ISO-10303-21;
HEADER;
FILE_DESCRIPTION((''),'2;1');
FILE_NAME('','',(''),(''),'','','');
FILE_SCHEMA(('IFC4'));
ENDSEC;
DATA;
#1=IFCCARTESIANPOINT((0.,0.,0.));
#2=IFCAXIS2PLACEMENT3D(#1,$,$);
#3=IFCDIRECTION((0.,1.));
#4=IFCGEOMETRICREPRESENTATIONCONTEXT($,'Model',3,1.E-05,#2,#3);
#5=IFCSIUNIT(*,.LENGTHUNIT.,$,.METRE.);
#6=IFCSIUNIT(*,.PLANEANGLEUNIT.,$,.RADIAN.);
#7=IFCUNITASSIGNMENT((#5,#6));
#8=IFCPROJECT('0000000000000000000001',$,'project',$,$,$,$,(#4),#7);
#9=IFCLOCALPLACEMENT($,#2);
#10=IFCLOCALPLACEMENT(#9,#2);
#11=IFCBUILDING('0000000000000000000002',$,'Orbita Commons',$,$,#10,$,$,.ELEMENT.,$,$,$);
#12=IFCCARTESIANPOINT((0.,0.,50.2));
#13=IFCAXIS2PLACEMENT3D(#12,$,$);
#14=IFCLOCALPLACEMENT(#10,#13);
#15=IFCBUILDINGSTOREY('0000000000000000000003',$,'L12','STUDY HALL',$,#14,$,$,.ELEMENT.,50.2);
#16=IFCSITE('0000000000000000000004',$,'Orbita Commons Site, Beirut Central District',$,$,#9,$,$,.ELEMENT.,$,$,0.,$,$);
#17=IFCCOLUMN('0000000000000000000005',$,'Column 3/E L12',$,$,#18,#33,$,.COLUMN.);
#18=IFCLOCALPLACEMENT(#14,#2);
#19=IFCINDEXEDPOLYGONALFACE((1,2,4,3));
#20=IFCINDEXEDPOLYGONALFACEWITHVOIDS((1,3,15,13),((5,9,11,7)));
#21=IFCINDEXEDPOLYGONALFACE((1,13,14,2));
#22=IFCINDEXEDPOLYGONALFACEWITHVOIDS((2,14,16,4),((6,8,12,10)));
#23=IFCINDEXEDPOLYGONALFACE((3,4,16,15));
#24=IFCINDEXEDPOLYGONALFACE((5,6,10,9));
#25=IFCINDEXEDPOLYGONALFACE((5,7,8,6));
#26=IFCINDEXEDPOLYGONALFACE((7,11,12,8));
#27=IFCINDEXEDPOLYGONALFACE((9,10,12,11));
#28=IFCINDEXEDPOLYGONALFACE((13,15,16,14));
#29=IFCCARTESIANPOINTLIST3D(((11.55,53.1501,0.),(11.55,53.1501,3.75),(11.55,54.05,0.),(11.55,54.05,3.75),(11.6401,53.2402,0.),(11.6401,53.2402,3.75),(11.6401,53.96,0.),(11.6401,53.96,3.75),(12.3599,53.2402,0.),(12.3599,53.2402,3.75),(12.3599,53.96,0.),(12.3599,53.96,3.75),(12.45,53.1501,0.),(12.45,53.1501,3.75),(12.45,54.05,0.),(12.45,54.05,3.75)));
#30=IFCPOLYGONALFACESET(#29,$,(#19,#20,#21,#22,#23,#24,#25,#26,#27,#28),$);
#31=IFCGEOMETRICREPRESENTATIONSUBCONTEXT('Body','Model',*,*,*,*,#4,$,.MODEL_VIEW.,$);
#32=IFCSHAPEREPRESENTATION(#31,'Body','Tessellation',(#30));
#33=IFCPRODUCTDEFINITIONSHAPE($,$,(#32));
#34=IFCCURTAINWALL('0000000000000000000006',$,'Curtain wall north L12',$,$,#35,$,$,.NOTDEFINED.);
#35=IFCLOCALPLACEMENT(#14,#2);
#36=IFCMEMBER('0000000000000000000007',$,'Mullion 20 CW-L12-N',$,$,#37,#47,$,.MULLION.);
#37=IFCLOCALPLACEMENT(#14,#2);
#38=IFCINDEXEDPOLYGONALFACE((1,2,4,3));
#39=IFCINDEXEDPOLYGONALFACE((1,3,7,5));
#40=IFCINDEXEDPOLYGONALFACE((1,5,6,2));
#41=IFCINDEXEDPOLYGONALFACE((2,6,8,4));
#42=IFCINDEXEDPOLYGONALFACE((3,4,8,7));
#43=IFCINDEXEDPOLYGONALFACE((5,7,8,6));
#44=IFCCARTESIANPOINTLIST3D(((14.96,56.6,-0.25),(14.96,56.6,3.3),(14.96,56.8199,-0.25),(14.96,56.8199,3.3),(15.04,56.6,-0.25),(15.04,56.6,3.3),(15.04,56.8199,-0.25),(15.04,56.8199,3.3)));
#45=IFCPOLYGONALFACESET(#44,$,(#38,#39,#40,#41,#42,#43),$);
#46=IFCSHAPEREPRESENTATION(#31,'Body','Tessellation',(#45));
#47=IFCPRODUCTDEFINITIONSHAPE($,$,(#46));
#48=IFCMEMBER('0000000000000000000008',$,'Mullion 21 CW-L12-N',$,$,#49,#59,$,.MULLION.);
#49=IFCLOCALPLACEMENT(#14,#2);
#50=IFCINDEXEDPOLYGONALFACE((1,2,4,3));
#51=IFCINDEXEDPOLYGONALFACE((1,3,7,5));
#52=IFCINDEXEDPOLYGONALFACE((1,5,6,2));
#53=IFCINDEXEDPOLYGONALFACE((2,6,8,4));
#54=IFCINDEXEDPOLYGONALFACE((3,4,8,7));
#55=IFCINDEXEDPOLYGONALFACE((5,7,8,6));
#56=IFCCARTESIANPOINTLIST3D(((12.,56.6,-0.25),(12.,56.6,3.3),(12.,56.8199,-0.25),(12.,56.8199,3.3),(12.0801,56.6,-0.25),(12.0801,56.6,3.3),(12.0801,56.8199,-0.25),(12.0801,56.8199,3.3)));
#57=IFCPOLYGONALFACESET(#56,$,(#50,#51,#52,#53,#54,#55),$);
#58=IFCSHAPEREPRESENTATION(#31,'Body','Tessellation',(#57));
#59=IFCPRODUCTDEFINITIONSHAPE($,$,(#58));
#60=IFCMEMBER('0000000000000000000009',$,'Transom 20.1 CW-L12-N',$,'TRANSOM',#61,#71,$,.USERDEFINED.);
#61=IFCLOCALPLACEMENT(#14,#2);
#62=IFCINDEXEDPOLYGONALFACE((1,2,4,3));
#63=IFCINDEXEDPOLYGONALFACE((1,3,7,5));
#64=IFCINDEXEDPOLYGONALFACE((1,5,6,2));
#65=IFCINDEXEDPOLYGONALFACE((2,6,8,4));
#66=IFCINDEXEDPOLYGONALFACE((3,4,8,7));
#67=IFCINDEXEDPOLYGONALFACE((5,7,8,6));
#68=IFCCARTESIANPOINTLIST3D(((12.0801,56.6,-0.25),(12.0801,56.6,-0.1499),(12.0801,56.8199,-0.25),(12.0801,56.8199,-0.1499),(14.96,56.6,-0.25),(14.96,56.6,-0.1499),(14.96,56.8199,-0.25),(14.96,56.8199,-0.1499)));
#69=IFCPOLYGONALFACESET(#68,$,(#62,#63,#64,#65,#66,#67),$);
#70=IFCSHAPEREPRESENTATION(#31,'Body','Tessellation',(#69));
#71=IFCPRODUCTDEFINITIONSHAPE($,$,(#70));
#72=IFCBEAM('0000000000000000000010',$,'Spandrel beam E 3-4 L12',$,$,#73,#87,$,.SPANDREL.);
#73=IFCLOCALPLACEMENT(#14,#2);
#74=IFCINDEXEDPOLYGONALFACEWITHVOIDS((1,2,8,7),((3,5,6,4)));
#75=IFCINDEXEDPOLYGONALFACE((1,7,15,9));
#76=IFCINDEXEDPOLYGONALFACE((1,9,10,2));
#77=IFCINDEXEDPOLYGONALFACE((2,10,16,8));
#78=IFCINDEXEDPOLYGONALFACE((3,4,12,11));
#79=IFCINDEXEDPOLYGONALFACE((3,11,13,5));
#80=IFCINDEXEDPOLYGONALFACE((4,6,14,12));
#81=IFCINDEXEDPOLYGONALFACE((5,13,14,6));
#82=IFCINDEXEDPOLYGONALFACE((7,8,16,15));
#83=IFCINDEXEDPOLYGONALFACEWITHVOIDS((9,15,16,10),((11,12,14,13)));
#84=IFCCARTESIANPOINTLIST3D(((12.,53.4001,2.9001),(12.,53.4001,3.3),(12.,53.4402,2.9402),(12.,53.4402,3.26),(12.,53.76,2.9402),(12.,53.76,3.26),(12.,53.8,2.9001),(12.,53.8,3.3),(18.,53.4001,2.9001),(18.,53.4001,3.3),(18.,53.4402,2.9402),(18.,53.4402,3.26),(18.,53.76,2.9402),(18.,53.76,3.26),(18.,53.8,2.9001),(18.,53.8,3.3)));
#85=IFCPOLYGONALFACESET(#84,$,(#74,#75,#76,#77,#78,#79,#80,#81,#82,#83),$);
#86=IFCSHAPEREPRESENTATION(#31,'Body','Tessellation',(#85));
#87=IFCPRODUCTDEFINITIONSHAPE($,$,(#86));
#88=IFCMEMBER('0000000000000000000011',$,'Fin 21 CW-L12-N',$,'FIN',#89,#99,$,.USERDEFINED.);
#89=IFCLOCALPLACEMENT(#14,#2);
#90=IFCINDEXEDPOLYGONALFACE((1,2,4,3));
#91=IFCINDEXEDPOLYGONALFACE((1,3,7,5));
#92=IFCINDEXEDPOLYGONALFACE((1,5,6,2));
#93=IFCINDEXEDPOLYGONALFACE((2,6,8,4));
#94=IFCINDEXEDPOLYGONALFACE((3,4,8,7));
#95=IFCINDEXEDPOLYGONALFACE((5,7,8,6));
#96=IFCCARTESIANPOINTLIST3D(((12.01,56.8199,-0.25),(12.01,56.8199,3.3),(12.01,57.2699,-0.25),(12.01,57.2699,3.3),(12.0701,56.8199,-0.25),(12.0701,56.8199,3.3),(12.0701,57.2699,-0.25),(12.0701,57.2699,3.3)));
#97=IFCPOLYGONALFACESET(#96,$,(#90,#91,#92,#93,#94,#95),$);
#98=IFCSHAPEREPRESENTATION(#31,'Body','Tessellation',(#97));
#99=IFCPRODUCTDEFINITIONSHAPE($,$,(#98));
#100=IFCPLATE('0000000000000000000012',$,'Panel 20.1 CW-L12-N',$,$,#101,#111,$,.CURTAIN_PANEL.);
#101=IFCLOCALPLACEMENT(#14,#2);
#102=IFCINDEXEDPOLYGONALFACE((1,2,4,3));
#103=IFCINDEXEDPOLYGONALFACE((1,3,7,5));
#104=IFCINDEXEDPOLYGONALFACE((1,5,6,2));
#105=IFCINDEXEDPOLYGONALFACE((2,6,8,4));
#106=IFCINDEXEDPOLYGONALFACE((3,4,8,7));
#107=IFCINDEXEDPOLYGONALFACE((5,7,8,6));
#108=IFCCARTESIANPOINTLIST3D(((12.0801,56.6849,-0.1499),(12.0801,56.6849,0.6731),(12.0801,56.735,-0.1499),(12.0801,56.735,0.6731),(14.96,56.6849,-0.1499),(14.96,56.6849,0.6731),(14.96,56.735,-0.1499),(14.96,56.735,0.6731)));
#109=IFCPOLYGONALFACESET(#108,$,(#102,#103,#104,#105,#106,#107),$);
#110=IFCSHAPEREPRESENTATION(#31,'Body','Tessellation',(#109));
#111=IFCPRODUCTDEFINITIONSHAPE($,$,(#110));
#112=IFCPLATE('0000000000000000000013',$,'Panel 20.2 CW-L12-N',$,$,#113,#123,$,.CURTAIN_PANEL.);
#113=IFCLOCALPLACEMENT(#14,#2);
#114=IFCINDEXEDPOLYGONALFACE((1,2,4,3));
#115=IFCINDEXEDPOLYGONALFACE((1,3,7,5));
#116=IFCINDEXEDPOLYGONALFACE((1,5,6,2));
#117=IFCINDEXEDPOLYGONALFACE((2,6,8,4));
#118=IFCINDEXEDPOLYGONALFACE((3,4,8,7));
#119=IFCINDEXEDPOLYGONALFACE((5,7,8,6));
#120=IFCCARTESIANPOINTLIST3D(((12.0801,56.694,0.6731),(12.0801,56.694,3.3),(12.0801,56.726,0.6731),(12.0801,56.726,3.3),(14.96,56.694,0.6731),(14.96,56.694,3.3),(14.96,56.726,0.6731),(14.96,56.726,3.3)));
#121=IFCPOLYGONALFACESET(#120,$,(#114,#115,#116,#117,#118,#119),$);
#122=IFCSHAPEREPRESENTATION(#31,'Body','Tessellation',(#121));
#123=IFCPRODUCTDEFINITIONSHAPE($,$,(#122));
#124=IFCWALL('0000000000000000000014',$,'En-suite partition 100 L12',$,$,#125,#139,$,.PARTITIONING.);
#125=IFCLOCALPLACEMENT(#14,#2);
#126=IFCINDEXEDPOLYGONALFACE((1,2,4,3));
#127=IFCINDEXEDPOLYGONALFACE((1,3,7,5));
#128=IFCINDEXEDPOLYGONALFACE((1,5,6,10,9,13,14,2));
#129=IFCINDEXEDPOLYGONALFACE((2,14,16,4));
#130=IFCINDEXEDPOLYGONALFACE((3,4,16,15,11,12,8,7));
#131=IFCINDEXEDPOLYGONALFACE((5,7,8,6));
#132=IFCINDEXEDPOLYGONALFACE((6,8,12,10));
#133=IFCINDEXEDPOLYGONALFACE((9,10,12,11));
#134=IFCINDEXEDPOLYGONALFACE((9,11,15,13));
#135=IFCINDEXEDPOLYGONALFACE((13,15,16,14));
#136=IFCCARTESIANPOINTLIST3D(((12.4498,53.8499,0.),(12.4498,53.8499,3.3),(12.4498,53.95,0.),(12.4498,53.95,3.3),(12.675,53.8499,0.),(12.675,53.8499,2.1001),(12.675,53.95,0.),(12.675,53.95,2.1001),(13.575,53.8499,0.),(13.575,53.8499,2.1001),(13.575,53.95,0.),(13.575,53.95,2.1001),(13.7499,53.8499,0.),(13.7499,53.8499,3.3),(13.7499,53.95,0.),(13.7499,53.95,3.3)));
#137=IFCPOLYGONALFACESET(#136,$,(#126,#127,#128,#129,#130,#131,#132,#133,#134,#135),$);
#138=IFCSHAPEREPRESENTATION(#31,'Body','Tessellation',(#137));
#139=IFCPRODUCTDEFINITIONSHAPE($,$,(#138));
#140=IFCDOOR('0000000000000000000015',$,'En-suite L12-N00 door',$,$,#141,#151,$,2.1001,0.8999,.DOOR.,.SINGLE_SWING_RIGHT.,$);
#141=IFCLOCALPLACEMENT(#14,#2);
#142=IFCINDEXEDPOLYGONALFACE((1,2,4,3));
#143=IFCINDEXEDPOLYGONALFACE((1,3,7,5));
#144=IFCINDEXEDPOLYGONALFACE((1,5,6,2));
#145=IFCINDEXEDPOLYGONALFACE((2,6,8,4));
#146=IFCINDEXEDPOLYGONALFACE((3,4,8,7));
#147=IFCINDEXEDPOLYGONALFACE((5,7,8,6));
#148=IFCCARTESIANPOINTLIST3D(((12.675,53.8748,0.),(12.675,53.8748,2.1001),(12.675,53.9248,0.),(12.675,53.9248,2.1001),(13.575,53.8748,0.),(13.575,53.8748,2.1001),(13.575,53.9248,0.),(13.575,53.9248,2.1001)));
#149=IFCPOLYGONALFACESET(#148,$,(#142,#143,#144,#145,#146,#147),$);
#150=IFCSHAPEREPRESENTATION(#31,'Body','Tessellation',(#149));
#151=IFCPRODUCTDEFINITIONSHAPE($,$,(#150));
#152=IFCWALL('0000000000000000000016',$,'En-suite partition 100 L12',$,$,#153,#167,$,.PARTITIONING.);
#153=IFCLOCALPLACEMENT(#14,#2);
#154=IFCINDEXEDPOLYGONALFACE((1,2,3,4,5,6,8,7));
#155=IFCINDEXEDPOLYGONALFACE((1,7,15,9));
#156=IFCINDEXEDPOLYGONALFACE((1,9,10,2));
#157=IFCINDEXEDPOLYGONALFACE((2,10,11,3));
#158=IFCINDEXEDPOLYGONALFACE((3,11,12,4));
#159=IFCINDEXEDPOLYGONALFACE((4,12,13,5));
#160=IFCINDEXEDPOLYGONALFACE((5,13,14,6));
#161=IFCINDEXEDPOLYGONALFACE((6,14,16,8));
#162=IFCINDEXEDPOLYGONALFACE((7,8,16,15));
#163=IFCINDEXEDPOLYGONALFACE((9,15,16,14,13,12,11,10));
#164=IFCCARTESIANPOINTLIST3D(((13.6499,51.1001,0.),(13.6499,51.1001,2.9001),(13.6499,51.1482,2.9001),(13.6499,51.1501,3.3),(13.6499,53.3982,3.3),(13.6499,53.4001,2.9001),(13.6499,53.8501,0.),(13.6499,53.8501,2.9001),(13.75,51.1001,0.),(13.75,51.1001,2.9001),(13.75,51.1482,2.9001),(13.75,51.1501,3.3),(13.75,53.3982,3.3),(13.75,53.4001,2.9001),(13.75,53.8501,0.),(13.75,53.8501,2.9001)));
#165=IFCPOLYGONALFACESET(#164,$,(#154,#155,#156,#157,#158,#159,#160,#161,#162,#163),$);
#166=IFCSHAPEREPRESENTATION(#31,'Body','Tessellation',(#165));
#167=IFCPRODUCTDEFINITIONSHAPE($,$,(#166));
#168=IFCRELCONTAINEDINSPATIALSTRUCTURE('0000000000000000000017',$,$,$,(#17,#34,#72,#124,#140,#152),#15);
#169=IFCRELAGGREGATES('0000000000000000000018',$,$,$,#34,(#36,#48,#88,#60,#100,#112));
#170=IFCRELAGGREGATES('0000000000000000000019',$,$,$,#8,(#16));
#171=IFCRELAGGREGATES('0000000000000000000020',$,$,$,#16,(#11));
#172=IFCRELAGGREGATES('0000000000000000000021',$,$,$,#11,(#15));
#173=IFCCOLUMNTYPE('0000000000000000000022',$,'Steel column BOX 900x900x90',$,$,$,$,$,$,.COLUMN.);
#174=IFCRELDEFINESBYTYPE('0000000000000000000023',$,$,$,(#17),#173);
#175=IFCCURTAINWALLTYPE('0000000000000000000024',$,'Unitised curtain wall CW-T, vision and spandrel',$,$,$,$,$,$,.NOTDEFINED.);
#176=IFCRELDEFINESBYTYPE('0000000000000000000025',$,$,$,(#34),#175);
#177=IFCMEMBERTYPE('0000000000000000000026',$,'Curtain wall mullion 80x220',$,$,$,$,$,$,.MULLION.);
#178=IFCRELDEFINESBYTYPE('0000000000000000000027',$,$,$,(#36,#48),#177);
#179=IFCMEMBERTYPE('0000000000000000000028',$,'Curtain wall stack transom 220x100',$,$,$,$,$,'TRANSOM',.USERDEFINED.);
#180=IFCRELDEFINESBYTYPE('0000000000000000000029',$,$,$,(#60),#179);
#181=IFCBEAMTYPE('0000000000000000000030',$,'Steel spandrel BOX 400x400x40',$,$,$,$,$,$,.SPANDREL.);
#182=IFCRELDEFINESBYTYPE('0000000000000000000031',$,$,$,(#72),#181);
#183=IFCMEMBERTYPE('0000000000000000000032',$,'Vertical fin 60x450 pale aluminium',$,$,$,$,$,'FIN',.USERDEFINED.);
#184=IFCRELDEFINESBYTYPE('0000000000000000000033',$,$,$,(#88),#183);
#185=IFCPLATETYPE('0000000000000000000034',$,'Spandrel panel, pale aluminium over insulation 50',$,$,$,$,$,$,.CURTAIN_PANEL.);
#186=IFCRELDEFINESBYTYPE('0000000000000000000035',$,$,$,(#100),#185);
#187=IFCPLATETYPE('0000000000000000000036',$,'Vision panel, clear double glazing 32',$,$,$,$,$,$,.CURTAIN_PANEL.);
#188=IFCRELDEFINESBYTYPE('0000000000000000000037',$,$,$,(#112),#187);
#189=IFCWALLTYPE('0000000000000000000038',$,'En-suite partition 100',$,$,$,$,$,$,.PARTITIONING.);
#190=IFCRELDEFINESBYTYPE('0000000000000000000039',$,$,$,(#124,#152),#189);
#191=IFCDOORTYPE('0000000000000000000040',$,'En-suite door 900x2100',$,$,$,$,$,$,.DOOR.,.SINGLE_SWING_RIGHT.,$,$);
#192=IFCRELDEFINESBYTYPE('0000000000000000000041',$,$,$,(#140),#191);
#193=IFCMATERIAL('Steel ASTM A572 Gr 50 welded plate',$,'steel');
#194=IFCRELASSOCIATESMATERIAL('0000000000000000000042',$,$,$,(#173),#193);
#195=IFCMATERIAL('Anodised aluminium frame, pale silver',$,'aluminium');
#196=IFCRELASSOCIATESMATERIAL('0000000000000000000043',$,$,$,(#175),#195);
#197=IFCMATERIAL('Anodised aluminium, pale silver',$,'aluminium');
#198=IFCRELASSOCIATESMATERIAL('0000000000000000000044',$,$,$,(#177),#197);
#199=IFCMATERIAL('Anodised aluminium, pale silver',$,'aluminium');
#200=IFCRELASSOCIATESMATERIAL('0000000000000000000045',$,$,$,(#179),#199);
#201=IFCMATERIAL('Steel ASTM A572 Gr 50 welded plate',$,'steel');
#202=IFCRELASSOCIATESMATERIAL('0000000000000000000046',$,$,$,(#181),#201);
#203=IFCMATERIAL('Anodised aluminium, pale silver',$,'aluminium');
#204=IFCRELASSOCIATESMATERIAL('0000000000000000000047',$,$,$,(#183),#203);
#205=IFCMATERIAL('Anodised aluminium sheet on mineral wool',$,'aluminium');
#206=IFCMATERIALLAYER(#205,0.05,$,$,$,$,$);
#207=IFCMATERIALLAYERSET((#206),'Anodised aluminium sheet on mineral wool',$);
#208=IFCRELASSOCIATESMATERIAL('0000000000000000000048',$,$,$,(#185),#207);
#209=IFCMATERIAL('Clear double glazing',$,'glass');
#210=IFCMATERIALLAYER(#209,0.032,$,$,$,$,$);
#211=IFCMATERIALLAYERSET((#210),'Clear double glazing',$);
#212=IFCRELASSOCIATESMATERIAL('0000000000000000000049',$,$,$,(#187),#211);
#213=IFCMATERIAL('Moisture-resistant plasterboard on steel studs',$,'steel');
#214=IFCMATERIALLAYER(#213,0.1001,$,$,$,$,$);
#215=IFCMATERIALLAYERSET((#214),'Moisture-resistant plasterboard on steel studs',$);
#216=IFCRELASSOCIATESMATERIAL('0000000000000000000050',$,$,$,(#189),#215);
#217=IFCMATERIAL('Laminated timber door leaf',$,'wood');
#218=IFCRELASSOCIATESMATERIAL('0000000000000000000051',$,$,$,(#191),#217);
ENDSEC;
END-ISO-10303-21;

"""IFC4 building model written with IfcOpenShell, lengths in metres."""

from ifc_helpers import new_model, si_unit, direction, frame, frame_2d, origin, origin_2d, place, context, subcontext, project, spatial, polyline, rectangle, hollow_rectangle, outline, extrude, material, layer, layer_set, material_profile, profile_set, type_object, element, fill, aggregate, save


model = new_model("IFC4")

# Units and contexts
model_context = context("Model", 3, precision=1e-05, world=origin(), true_north=direction((0.0, 1.0)))
body_context = subcontext(model_context, "Body", "Model", "MODEL_VIEW")
ifc_project = project(units=[si_unit("LENGTHUNIT", "METRE"), si_unit("PLANEANGLEUNIT", "RADIAN")], contexts=[model_context])

# Site, building, storey
site_placement = place(None, origin())
site = spatial("IfcSite", under=ifc_project, at=site_placement, Name="Orbita Commons Site, Beirut Central District", CompositionType="ELEMENT", RefElevation=0.0)
building_placement = place(site_placement, origin())
building = spatial("IfcBuilding", under=site, at=building_placement, Name="Orbita Commons", CompositionType="ELEMENT")
storey_placement = place(building_placement, frame((0.0, 0.0, 50.2)))
storey = spatial("IfcBuildingStorey", under=building, at=storey_placement, Name="L12", Description="STUDY HALL", CompositionType="ELEMENT", Elevation=50.2)

# Column
ifc_material_1 = material(Name="Steel ASTM A572 Gr 50 welded plate", Category="steel")
ifc_material_profile_1 = material_profile(ifc_material_1, hollow_rectangle(XDim=0.8999, YDim=0.8999, WallThickness=0.0901, at=origin_2d()), Name="BOX 900x900x90")
ifc_profile_set_1 = profile_set([ifc_material_profile_1], Name="Steel ASTM A572 Gr 50 welded plate")
column_type = type_object("IfcColumnType", Name="Steel column BOX 900x900x90", PredefinedType="COLUMN", material=ifc_profile_set_1)
column_placement = place(storey_placement, frame((12.0, 53.6001, 0.0), z_axis=(0.0, 0.0, 1.0), x_axis=(1.0, 0.0, 0.0)))
element("IfcColumn", 1, at=column_placement, inside=storey, type_object=column_type, Name="Column 3/E L12", PredefinedType="COLUMN", context=body_context, shape_type="SweptSolid", body=[
    extrude(hollow_rectangle(XDim=0.8999, YDim=0.8999, WallThickness=0.0901, at=origin_2d()), origin(), (0.0, 0.0, 1.0), 3.75),
])

# Curtain wall, members
ifc_material_2 = material(Name="Anodised aluminium frame, pale silver", Category="aluminium")
curtain_wall_type = type_object("IfcCurtainWallType", Name="Unitised curtain wall CW-T, vision and spandrel", PredefinedType="NOTDEFINED", material=ifc_material_2)
curtain_wall_placement = place(storey_placement, origin())
curtain_wall = element("IfcCurtainWall", 2, at=curtain_wall_placement, inside=storey, type_object=curtain_wall_type, Name="Curtain wall north L12", PredefinedType="NOTDEFINED")
ifc_material_3 = material(Name="Anodised aluminium, pale silver", Category="aluminium")
ifc_material_profile_2 = material_profile(ifc_material_3, rectangle(XDim=0.0801, YDim=0.22, at=origin_2d()), Name="AL 80x220")
ifc_profile_set_2 = profile_set([ifc_material_profile_2], Name="Anodised aluminium, pale silver")
member_type_1 = type_object("IfcMemberType", Name="Curtain wall mullion 80x220", PredefinedType="MULLION", material=ifc_profile_set_2)
member_1_placement = place(storey_placement, frame((15.0, 56.71, -0.25), z_axis=(0.0, 0.0, 1.0), x_axis=(-1.0, 0.0, 0.0)))
member_1 = element("IfcMember", 3, at=member_1_placement, type_object=member_type_1, Name="Mullion 20 CW-L12-N", PredefinedType="MULLION", context=body_context, shape_type="SweptSolid", body=[
    extrude(rectangle(XDim=0.0801, YDim=0.22, at=origin_2d()), origin(), (0.0, 0.0, 1.0), 3.55),
])
member_2_placement = place(storey_placement, frame((12.04, 56.71, -0.25), z_axis=(0.0, 0.0, 1.0), x_axis=(-1.0, 0.0, 0.0)))
member_2 = element("IfcMember", 4, at=member_2_placement, type_object=member_type_1, Name="Mullion 21 CW-L12-N", PredefinedType="MULLION", context=body_context, shape_type="SweptSolid", body=[
    extrude(rectangle(XDim=0.0801, YDim=0.22, at=origin_2d()), origin(), (0.0, 0.0, 1.0), 3.55),
])
ifc_material_4 = material(Name="Anodised aluminium, pale silver", Category="aluminium")
ifc_material_profile_3 = material_profile(ifc_material_4, rectangle(XDim=0.22, YDim=0.1001, at=origin_2d()), Name="AL 220x100")
ifc_profile_set_3 = profile_set([ifc_material_profile_3], Name="Anodised aluminium, pale silver")
member_type_2 = type_object("IfcMemberType", Name="Curtain wall stack transom 220x100", ElementType="TRANSOM", PredefinedType="USERDEFINED", material=ifc_profile_set_3)
member_3_placement = place(storey_placement, frame((14.96, 56.71, -0.2), z_axis=(-1.0, 0.0, 0.0), x_axis=(0.0, -1.0, 0.0)))
member_3 = element("IfcMember", 5, at=member_3_placement, type_object=member_type_2, Name="Transom 20.1 CW-L12-N", ObjectType="TRANSOM", PredefinedType="USERDEFINED", context=body_context, shape_type="SweptSolid", body=[
    extrude(rectangle(XDim=0.22, YDim=0.1001, at=origin_2d()), origin(), (0.0, 0.0, 1.0), 2.8799),
])

# Beam
ifc_material_5 = material(Name="Steel ASTM A572 Gr 50 welded plate", Category="steel")
ifc_material_profile_4 = material_profile(ifc_material_5, hollow_rectangle(XDim=0.3999, YDim=0.3999, WallThickness=0.04, at=origin_2d()), Name="BOX 400x400x40")
ifc_profile_set_4 = profile_set([ifc_material_profile_4], Name="Steel ASTM A572 Gr 50 welded plate")
beam_type = type_object("IfcBeamType", Name="Steel spandrel BOX 400x400x40", PredefinedType="SPANDREL", material=ifc_profile_set_4)
beam_placement = place(storey_placement, frame((12.0, 53.6001, 3.1001), z_axis=(1.0, 0.0, 0.0), x_axis=(0.0, 1.0, 0.0)))
element("IfcBeam", 6, at=beam_placement, inside=storey, type_object=beam_type, Name="Spandrel beam E 3-4 L12", PredefinedType="SPANDREL", context=body_context, shape_type="SweptSolid", body=[
    extrude(hollow_rectangle(XDim=0.3999, YDim=0.3999, WallThickness=0.04, at=origin_2d()), origin(), (0.0, 0.0, 1.0), 6.0),
])

# Member
ifc_material_6 = material(Name="Anodised aluminium, pale silver", Category="aluminium")
ifc_material_profile_5 = material_profile(ifc_material_6, rectangle(XDim=0.0601, YDim=0.45, at=origin_2d()), Name="FIN 60x450")
ifc_profile_set_5 = profile_set([ifc_material_profile_5], Name="Anodised aluminium, pale silver")
member_type_3 = type_object("IfcMemberType", Name="Vertical fin 60x450 pale aluminium", ElementType="FIN", PredefinedType="USERDEFINED", material=ifc_profile_set_5)
member_4_placement = place(storey_placement, frame((12.04, 57.0449, -0.25), z_axis=(0.0, 0.0, 1.0), x_axis=(-1.0, 0.0, 0.0)))
member_4 = element("IfcMember", 7, at=member_4_placement, type_object=member_type_3, Name="Fin 21 CW-L12-N", ObjectType="FIN", PredefinedType="USERDEFINED", context=body_context, shape_type="SweptSolid", body=[
    extrude(rectangle(XDim=0.0601, YDim=0.45, at=origin_2d()), origin(), (0.0, 0.0, 1.0), 3.55),
])

# Plates
ifc_material_7 = material(Name="Anodised aluminium sheet on mineral wool", Category="aluminium")
ifc_layer_1 = layer(ifc_material_7, 0.05)
ifc_layer_set_1 = layer_set([ifc_layer_1], Name="Anodised aluminium sheet on mineral wool")
plate_type_1 = type_object("IfcPlateType", Name="Spandrel panel, pale aluminium over insulation 50", PredefinedType="CURTAIN_PANEL", material=ifc_layer_set_1)
plate_1_placement = place(storey_placement, frame((13.52, 56.71, -0.1499), z_axis=(0.0, 0.0, 1.0), x_axis=(-1.0, 0.0, 0.0)))
plate_1 = element("IfcPlate", 8, at=plate_1_placement, type_object=plate_type_1, Name="Panel 20.1 CW-L12-N", PredefinedType="CURTAIN_PANEL", context=body_context, shape_type="SweptSolid", body=[
    extrude(rectangle(XDim=2.8799, YDim=0.05, at=origin_2d()), origin(), (0.0, 0.0, 1.0), 0.823),
])
ifc_material_8 = material(Name="Clear double glazing", Category="glass")
ifc_layer_2 = layer(ifc_material_8, 0.032)
ifc_layer_set_2 = layer_set([ifc_layer_2], Name="Clear double glazing")
plate_type_2 = type_object("IfcPlateType", Name="Vision panel, clear double glazing 32", PredefinedType="CURTAIN_PANEL", material=ifc_layer_set_2)
plate_2_placement = place(storey_placement, frame((13.52, 56.71, 0.6731), z_axis=(0.0, 0.0, 1.0), x_axis=(-1.0, 0.0, 0.0)))
plate_2 = element("IfcPlate", 9, at=plate_2_placement, type_object=plate_type_2, Name="Panel 20.2 CW-L12-N", PredefinedType="CURTAIN_PANEL", context=body_context, shape_type="SweptSolid", body=[
    extrude(rectangle(XDim=2.8799, YDim=0.032, at=origin_2d()), origin(), (0.0, 0.0, 1.0), 2.627),
])
aggregate(curtain_wall, [member_1, member_2, member_4, member_3, plate_1, plate_2])

# Wall, opening, door
ifc_material_9 = material(Name="Moisture-resistant plasterboard on steel studs", Category="steel")
ifc_layer_3 = layer(ifc_material_9, 0.1001)
ifc_layer_set_3 = layer_set([ifc_layer_3], Name="Moisture-resistant plasterboard on steel studs")
wall_type_1 = type_object("IfcWallType", Name="En-suite partition 100", PredefinedType="PARTITIONING", material=ifc_layer_set_3)
wall_1_placement = place(storey_placement, frame((12.45, 53.8999, 0.0), z_axis=(0.0, 0.0, 1.0), x_axis=(1.0, 0.0, 0.0)))
wall_1 = element("IfcWall", 10, at=wall_1_placement, inside=storey, type_object=wall_type_1, Name="En-suite partition 100 L12", PredefinedType="PARTITIONING", context=body_context, shape_type="SweptSolid", body=[
    extrude(rectangle(XDim=1.3, YDim=0.1001, at=frame_2d((0.6499, 0.0))), origin(), (0.0, 0.0, 1.0), 3.3),
])
opening_1_placement = place(wall_1_placement, frame((0.2251, 0.0, 0.0)))
opening_1 = element("IfcOpeningElement", 11, at=opening_1_placement, cuts=wall_1, PredefinedType="OPENING", context=body_context, shape_type="SweptSolid", body=[
    extrude(rectangle(XDim=0.8999, YDim=2.1001, at=frame_2d((0.45, 1.05))), frame((0.0, 0.0601, 0.0), z_axis=(0.0, -1.0, 0.0), x_axis=(1.0, 0.0, 0.0)), (0.0, 0.0, 1.0), 0.1201),
])
ifc_material_10 = material(Name="Laminated timber door leaf", Category="wood")
door_type = type_object("IfcDoorType", Name="En-suite door 900x2100", OperationType="SINGLE_SWING_RIGHT", PredefinedType="DOOR", material=ifc_material_10)
door_1_placement = place(opening_1_placement, origin())
door_1 = element("IfcDoor", 12, at=door_1_placement, inside=storey, type_object=door_type, Name="En-suite L12-N00 door", OperationType="SINGLE_SWING_RIGHT", OverallHeight=2.1001, OverallWidth=0.8999, PredefinedType="DOOR", context=body_context, shape_type="SweptSolid", body=[
    extrude(rectangle(XDim=0.8999, YDim=2.1001, at=frame_2d((0.45, 1.05))), frame((0.0, 0.0249, 0.0), z_axis=(0.0, -1.0, 0.0), x_axis=(1.0, 0.0, 0.0)), (0.0, 0.0, 1.0), 0.05),
])
fill(opening_1, door_1)

# Wall
wall_2_placement = place(storey_placement, frame((13.7, 53.8501, 0.0), z_axis=(0.0, 0.0, 1.0), x_axis=(0.0, -1.0, 0.0)))
element("IfcWall", 13, at=wall_2_placement, inside=storey, type_object=wall_type_1, Name="En-suite partition 100 L12", PredefinedType="PARTITIONING", context=body_context, shape_type="SweptSolid", body=[
    extrude(outline(polyline([(0.0, 0.0), (2.75, 0.0), (2.75, 2.9001), (2.7019, 2.9001), (2.7, 3.3), (0.4519, 3.3), (0.45, 2.9001), (0.0, 2.9001), (0.0, 0.0)])), frame((0.0, 0.05, 0.0), z_axis=(0.0, -1.0, 0.0), x_axis=(1.0, 0.0, 0.0)), (0.0, 0.0, 1.0), 0.1001),
])

save(model, "model.ifc")
